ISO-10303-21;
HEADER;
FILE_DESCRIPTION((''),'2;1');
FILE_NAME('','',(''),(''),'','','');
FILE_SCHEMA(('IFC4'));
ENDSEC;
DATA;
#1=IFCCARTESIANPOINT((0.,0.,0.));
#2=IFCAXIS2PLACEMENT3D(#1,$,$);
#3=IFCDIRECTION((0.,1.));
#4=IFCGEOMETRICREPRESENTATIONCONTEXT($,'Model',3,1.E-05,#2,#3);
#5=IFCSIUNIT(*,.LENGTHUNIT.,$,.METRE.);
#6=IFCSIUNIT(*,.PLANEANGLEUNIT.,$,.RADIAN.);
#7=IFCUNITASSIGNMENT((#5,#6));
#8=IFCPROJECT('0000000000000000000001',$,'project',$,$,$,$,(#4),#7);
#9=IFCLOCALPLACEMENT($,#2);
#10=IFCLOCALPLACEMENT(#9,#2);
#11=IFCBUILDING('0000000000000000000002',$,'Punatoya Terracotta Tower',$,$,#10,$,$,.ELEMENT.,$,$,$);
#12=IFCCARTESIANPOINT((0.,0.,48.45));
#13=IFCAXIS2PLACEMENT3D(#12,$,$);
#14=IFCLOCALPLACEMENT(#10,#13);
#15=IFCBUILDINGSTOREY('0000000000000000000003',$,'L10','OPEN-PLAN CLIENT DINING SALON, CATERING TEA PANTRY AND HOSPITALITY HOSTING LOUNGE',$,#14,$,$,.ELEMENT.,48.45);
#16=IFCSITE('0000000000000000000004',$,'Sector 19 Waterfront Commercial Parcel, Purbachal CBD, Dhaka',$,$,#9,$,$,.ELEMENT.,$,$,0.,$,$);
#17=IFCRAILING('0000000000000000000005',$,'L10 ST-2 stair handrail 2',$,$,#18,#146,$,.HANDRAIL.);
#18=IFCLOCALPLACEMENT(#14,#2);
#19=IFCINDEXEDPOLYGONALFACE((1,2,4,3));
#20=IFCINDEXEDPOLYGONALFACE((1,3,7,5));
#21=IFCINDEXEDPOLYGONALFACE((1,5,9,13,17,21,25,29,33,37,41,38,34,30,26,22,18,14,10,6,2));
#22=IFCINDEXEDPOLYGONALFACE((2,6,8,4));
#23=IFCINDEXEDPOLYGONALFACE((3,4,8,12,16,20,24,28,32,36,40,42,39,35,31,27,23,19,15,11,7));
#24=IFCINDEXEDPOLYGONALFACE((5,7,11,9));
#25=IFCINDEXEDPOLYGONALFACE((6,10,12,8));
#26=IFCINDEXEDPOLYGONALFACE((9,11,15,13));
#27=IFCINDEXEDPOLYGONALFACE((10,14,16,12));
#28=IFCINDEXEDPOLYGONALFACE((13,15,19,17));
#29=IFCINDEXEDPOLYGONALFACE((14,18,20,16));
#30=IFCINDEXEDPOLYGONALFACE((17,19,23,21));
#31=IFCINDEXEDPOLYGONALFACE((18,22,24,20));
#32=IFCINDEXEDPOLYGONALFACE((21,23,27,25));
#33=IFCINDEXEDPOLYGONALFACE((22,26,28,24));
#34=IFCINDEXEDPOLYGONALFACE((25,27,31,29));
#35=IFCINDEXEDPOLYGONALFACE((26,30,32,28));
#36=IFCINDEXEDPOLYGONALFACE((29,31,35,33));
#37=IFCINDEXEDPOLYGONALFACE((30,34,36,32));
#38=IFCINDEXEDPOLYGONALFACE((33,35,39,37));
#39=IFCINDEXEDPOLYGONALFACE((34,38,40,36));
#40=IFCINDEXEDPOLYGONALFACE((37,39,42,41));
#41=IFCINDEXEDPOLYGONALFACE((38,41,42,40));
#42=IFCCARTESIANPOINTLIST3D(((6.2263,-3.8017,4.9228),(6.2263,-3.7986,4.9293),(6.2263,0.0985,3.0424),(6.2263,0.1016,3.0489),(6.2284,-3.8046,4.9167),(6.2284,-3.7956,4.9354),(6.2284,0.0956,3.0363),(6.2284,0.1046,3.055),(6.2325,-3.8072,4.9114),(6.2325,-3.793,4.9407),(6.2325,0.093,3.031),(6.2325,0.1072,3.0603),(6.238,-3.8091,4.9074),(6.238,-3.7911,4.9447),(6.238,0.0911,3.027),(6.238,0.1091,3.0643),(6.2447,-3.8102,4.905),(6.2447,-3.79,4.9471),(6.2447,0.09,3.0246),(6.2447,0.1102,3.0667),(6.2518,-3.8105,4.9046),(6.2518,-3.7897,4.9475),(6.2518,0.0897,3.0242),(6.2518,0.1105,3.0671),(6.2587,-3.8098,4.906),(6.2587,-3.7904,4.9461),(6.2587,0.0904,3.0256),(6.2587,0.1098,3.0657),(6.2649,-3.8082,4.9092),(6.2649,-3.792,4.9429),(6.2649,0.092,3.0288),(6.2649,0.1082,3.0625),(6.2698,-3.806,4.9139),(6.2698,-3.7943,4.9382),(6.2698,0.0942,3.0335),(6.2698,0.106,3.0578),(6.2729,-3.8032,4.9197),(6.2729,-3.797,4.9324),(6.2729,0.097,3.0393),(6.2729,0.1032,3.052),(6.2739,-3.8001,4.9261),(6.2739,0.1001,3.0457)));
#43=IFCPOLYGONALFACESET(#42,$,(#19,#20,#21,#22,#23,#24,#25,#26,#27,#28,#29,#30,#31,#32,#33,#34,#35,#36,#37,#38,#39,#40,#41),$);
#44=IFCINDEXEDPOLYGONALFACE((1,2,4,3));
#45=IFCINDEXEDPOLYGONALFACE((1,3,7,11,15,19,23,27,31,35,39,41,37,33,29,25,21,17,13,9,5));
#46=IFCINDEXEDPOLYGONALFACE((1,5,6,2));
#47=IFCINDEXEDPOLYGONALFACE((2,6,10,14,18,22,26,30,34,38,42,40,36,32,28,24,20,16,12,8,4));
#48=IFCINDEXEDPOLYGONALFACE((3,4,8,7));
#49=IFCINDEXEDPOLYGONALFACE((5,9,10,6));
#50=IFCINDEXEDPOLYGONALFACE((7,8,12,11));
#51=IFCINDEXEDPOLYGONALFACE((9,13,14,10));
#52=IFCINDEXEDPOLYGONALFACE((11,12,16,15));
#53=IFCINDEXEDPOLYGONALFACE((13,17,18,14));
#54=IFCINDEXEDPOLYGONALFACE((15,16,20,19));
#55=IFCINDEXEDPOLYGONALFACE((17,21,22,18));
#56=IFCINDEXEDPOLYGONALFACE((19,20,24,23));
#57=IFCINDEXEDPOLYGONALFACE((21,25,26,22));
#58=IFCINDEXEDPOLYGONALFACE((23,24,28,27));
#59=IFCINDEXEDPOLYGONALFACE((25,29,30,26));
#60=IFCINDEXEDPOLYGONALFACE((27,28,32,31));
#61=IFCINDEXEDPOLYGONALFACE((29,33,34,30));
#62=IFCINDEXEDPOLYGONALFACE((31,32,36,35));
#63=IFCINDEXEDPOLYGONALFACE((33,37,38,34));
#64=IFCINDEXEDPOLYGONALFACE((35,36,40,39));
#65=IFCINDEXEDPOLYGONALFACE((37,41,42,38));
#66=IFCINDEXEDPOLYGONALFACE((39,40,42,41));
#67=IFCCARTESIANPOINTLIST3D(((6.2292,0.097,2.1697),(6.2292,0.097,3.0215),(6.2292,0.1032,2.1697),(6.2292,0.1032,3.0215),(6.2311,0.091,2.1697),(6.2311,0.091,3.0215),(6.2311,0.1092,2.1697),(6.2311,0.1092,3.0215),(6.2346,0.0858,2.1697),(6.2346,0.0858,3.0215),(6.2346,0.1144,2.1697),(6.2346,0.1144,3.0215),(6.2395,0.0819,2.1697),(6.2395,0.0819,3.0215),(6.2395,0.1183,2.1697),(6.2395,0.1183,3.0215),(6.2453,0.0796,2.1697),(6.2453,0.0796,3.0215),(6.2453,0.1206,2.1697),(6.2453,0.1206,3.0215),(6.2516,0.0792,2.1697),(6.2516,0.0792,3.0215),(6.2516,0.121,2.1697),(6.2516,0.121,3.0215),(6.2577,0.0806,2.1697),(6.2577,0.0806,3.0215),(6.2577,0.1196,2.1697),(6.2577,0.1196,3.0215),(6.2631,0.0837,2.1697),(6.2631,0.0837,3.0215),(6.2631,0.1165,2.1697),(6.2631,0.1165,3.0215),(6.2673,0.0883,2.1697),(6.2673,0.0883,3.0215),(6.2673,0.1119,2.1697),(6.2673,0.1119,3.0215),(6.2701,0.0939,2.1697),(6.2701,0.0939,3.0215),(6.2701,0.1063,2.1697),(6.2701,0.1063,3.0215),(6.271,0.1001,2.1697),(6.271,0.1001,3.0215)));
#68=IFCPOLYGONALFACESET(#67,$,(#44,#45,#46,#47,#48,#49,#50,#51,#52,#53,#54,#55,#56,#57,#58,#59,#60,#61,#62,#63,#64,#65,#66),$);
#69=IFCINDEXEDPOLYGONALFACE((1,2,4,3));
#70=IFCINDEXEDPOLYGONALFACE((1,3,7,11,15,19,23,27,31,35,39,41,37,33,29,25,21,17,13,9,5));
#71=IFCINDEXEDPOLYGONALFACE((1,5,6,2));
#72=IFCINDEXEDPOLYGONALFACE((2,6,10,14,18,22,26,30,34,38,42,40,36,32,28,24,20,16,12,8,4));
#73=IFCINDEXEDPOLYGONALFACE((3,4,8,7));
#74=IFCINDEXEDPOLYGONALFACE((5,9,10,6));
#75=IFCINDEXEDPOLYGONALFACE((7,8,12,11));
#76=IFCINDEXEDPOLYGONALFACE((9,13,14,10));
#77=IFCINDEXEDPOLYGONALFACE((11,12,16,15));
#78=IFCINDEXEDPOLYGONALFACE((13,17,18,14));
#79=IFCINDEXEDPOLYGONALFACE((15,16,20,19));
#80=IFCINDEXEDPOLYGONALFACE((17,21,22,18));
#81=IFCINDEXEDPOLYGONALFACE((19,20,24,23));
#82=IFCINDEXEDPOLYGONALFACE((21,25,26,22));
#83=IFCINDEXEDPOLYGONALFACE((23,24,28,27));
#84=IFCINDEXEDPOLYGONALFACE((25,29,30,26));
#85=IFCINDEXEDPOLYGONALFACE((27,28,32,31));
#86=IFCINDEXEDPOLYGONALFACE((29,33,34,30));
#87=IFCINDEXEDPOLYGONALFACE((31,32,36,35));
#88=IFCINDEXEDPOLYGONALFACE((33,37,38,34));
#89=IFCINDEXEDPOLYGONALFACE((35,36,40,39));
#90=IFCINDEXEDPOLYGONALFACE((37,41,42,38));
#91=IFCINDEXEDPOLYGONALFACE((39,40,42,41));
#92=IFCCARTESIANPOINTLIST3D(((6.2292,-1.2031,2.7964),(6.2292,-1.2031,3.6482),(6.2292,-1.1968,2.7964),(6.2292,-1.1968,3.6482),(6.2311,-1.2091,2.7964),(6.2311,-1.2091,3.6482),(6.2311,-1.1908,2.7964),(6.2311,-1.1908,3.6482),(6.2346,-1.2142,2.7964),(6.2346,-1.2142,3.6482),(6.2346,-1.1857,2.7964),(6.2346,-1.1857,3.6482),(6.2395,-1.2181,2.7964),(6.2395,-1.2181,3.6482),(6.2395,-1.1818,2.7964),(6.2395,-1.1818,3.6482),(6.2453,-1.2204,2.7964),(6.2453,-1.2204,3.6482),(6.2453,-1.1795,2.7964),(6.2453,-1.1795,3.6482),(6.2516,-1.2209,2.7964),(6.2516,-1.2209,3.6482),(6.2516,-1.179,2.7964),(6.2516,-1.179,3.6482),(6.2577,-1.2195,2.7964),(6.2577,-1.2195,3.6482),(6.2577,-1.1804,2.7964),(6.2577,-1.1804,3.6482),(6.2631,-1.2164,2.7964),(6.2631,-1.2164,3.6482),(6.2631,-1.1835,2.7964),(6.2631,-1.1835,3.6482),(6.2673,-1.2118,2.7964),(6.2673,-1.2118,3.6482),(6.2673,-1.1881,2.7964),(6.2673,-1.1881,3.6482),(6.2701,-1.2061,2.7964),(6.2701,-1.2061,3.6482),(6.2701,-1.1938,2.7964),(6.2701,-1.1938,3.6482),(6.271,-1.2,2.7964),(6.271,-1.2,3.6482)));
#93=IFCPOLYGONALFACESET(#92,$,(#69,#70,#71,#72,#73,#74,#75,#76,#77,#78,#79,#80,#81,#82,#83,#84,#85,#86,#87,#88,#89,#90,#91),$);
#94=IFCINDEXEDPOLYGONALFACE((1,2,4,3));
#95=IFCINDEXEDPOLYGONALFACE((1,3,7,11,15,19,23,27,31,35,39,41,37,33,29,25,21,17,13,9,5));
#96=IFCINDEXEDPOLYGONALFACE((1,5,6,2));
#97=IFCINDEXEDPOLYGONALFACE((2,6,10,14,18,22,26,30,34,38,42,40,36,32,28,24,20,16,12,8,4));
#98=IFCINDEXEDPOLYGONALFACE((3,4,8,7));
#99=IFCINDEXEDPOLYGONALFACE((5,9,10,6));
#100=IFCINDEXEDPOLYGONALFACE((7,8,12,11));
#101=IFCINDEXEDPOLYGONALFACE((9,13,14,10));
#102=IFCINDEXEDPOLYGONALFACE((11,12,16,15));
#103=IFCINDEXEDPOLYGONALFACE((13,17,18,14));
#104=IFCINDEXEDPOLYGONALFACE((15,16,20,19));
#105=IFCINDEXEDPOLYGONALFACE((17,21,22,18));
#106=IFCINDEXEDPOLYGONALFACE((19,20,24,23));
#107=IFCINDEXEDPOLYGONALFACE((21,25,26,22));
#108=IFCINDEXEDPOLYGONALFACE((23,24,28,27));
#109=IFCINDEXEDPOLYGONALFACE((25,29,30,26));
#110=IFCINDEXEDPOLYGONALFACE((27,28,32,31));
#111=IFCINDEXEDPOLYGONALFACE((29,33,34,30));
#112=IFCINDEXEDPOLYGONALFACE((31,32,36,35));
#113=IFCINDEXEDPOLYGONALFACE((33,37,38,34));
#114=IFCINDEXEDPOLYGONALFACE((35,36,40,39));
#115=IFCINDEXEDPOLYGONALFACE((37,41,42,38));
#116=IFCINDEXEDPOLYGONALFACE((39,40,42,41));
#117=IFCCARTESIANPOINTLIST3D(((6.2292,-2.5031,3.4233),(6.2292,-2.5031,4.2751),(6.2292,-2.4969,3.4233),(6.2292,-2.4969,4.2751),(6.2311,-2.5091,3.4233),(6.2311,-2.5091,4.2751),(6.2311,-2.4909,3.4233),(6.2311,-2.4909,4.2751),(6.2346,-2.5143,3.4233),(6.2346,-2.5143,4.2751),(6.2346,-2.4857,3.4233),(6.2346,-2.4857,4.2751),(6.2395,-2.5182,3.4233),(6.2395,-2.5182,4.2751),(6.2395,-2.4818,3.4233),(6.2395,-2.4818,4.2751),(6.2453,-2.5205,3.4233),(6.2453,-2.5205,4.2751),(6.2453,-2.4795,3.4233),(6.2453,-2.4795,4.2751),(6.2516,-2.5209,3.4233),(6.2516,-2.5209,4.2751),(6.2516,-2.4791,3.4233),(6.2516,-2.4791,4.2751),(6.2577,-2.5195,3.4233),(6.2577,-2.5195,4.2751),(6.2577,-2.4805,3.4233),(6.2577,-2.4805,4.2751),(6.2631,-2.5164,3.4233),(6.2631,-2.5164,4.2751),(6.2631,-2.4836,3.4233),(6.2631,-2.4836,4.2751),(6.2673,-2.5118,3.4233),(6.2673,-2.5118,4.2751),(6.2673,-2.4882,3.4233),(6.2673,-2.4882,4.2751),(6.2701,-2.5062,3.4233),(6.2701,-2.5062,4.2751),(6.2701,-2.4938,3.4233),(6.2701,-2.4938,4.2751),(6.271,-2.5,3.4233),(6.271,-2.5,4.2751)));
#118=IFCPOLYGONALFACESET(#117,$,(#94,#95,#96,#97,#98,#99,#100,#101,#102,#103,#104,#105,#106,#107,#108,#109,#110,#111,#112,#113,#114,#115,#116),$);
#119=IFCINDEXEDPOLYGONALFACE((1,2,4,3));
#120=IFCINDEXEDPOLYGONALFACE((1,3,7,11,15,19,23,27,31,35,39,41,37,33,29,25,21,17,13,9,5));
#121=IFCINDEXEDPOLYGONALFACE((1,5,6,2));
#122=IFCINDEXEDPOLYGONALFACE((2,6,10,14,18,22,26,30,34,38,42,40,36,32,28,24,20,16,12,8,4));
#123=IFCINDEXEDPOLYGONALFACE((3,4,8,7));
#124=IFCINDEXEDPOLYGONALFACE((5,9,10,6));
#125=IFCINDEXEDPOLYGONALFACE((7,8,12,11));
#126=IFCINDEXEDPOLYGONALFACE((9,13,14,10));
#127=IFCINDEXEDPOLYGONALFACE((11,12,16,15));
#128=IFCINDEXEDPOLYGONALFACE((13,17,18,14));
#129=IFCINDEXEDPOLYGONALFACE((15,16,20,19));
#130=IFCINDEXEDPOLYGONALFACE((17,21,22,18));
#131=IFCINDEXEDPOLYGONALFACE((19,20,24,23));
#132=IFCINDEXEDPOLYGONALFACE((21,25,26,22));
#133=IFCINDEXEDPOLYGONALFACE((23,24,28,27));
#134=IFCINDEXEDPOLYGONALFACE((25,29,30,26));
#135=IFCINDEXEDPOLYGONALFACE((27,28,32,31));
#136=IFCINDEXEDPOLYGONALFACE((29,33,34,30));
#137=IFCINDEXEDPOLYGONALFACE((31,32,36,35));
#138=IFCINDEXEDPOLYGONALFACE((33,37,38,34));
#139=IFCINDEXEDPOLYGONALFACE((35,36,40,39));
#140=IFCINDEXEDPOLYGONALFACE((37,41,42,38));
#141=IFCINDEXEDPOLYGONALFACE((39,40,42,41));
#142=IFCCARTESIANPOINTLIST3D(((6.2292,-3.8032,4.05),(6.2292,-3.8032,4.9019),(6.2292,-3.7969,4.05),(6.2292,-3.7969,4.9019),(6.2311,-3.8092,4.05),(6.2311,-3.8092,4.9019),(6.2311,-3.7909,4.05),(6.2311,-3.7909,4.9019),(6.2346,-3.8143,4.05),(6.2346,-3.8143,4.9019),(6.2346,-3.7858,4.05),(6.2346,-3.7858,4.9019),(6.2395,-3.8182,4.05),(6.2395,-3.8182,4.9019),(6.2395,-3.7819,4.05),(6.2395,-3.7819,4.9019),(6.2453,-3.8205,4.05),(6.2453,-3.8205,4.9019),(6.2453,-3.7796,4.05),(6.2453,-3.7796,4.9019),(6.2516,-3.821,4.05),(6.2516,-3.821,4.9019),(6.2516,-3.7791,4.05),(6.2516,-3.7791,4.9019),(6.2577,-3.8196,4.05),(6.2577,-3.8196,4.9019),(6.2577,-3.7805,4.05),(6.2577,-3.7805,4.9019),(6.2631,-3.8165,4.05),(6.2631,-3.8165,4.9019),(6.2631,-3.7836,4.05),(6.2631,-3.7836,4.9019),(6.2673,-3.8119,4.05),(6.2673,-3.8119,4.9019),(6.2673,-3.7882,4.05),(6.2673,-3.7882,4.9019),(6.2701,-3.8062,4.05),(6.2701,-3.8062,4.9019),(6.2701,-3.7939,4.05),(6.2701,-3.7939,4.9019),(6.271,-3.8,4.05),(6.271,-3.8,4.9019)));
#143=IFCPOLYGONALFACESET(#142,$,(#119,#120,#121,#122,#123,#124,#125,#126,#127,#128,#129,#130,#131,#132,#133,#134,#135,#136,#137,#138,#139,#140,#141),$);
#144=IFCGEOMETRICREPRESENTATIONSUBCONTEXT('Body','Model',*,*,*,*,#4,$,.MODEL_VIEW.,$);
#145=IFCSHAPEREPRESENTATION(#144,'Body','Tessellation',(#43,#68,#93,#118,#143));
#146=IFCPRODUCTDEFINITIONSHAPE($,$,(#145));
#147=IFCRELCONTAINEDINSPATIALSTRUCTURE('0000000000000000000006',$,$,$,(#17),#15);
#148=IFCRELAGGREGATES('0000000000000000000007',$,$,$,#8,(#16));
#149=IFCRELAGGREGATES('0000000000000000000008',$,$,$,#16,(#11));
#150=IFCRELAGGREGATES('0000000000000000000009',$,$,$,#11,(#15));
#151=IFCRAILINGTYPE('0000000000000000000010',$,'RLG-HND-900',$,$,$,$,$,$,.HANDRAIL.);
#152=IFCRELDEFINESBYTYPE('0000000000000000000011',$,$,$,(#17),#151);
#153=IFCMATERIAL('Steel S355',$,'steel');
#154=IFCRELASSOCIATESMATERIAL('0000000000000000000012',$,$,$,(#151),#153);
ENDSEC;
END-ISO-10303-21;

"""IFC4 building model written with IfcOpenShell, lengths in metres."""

from ifc_helpers import new_model, si_unit, direction, frame, origin, origin_2d, place, context, subcontext, project, spatial, circle, extrude, material, type_object, element, save


model = new_model("IFC4")

# Units and contexts
model_context = context("Model", 3, precision=1e-05, world=origin(), true_north=direction((0.0, 1.0)))
body_context = subcontext(model_context, "Body", "Model", "MODEL_VIEW")
ifc_project = project(units=[si_unit("LENGTHUNIT", "METRE"), si_unit("PLANEANGLEUNIT", "RADIAN")], contexts=[model_context])

# Site, building, storey
site_placement = place(None, origin())
site = spatial("IfcSite", under=ifc_project, at=site_placement, Name="Sector 19 Waterfront Commercial Parcel, Purbachal CBD, Dhaka", CompositionType="ELEMENT", RefElevation=0.0)
building_placement = place(site_placement, origin())
building = spatial("IfcBuilding", under=site, at=building_placement, Name="Punatoya Terracotta Tower", CompositionType="ELEMENT")
storey_placement = place(building_placement, frame((0.0, 0.0, 48.45)))
storey = spatial("IfcBuildingStorey", under=building, at=storey_placement, Name="L10", Description="OPEN-PLAN CLIENT DINING SALON, CATERING TEA PANTRY AND HOSPITALITY HOSTING LOUNGE", CompositionType="ELEMENT", Elevation=48.45)

# Shared definitions
ifc_material_1 = material(Name="Steel S355", Category="steel")

# Railing
railing_type_1 = type_object("IfcRailingType", Name="RLG-HND-900", PredefinedType="HANDRAIL", material=ifc_material_1)
railing_1_placement = place(storey_placement, frame((6.25, 0.1001, 2.1697)))
element("IfcRailing", 1, at=railing_1_placement, inside=storey, type_object=railing_type_1, Name="L10 ST-2 stair handrail 2", PredefinedType="HANDRAIL", context=body_context, shape_type="SweptSolid", body=[
    extrude(circle(Radius=0.0239, at=origin_2d()), frame((0.0, 0.0, 0.876), z_axis=(0.0, -0.900774, 0.434289), x_axis=(1.0, 0.0, 0.0)), (0.0, 0.0, 1.0), 4.3298),
    extrude(circle(Radius=0.021, at=origin_2d()), origin(), (0.0, 0.0, 1.0), 0.8518),
    extrude(circle(Radius=0.021, at=origin_2d()), frame((0.0, -1.3, 0.6267)), (0.0, 0.0, 1.0), 0.8518),
    extrude(circle(Radius=0.021, at=origin_2d()), frame((0.0, -2.6001, 1.2537)), (0.0, 0.0, 1.0), 0.8518),
    extrude(circle(Radius=0.021, at=origin_2d()), frame((0.0, -3.9001, 1.8804)), (0.0, 0.0, 1.0), 0.8518),
])

save(model, "model.ifc")
